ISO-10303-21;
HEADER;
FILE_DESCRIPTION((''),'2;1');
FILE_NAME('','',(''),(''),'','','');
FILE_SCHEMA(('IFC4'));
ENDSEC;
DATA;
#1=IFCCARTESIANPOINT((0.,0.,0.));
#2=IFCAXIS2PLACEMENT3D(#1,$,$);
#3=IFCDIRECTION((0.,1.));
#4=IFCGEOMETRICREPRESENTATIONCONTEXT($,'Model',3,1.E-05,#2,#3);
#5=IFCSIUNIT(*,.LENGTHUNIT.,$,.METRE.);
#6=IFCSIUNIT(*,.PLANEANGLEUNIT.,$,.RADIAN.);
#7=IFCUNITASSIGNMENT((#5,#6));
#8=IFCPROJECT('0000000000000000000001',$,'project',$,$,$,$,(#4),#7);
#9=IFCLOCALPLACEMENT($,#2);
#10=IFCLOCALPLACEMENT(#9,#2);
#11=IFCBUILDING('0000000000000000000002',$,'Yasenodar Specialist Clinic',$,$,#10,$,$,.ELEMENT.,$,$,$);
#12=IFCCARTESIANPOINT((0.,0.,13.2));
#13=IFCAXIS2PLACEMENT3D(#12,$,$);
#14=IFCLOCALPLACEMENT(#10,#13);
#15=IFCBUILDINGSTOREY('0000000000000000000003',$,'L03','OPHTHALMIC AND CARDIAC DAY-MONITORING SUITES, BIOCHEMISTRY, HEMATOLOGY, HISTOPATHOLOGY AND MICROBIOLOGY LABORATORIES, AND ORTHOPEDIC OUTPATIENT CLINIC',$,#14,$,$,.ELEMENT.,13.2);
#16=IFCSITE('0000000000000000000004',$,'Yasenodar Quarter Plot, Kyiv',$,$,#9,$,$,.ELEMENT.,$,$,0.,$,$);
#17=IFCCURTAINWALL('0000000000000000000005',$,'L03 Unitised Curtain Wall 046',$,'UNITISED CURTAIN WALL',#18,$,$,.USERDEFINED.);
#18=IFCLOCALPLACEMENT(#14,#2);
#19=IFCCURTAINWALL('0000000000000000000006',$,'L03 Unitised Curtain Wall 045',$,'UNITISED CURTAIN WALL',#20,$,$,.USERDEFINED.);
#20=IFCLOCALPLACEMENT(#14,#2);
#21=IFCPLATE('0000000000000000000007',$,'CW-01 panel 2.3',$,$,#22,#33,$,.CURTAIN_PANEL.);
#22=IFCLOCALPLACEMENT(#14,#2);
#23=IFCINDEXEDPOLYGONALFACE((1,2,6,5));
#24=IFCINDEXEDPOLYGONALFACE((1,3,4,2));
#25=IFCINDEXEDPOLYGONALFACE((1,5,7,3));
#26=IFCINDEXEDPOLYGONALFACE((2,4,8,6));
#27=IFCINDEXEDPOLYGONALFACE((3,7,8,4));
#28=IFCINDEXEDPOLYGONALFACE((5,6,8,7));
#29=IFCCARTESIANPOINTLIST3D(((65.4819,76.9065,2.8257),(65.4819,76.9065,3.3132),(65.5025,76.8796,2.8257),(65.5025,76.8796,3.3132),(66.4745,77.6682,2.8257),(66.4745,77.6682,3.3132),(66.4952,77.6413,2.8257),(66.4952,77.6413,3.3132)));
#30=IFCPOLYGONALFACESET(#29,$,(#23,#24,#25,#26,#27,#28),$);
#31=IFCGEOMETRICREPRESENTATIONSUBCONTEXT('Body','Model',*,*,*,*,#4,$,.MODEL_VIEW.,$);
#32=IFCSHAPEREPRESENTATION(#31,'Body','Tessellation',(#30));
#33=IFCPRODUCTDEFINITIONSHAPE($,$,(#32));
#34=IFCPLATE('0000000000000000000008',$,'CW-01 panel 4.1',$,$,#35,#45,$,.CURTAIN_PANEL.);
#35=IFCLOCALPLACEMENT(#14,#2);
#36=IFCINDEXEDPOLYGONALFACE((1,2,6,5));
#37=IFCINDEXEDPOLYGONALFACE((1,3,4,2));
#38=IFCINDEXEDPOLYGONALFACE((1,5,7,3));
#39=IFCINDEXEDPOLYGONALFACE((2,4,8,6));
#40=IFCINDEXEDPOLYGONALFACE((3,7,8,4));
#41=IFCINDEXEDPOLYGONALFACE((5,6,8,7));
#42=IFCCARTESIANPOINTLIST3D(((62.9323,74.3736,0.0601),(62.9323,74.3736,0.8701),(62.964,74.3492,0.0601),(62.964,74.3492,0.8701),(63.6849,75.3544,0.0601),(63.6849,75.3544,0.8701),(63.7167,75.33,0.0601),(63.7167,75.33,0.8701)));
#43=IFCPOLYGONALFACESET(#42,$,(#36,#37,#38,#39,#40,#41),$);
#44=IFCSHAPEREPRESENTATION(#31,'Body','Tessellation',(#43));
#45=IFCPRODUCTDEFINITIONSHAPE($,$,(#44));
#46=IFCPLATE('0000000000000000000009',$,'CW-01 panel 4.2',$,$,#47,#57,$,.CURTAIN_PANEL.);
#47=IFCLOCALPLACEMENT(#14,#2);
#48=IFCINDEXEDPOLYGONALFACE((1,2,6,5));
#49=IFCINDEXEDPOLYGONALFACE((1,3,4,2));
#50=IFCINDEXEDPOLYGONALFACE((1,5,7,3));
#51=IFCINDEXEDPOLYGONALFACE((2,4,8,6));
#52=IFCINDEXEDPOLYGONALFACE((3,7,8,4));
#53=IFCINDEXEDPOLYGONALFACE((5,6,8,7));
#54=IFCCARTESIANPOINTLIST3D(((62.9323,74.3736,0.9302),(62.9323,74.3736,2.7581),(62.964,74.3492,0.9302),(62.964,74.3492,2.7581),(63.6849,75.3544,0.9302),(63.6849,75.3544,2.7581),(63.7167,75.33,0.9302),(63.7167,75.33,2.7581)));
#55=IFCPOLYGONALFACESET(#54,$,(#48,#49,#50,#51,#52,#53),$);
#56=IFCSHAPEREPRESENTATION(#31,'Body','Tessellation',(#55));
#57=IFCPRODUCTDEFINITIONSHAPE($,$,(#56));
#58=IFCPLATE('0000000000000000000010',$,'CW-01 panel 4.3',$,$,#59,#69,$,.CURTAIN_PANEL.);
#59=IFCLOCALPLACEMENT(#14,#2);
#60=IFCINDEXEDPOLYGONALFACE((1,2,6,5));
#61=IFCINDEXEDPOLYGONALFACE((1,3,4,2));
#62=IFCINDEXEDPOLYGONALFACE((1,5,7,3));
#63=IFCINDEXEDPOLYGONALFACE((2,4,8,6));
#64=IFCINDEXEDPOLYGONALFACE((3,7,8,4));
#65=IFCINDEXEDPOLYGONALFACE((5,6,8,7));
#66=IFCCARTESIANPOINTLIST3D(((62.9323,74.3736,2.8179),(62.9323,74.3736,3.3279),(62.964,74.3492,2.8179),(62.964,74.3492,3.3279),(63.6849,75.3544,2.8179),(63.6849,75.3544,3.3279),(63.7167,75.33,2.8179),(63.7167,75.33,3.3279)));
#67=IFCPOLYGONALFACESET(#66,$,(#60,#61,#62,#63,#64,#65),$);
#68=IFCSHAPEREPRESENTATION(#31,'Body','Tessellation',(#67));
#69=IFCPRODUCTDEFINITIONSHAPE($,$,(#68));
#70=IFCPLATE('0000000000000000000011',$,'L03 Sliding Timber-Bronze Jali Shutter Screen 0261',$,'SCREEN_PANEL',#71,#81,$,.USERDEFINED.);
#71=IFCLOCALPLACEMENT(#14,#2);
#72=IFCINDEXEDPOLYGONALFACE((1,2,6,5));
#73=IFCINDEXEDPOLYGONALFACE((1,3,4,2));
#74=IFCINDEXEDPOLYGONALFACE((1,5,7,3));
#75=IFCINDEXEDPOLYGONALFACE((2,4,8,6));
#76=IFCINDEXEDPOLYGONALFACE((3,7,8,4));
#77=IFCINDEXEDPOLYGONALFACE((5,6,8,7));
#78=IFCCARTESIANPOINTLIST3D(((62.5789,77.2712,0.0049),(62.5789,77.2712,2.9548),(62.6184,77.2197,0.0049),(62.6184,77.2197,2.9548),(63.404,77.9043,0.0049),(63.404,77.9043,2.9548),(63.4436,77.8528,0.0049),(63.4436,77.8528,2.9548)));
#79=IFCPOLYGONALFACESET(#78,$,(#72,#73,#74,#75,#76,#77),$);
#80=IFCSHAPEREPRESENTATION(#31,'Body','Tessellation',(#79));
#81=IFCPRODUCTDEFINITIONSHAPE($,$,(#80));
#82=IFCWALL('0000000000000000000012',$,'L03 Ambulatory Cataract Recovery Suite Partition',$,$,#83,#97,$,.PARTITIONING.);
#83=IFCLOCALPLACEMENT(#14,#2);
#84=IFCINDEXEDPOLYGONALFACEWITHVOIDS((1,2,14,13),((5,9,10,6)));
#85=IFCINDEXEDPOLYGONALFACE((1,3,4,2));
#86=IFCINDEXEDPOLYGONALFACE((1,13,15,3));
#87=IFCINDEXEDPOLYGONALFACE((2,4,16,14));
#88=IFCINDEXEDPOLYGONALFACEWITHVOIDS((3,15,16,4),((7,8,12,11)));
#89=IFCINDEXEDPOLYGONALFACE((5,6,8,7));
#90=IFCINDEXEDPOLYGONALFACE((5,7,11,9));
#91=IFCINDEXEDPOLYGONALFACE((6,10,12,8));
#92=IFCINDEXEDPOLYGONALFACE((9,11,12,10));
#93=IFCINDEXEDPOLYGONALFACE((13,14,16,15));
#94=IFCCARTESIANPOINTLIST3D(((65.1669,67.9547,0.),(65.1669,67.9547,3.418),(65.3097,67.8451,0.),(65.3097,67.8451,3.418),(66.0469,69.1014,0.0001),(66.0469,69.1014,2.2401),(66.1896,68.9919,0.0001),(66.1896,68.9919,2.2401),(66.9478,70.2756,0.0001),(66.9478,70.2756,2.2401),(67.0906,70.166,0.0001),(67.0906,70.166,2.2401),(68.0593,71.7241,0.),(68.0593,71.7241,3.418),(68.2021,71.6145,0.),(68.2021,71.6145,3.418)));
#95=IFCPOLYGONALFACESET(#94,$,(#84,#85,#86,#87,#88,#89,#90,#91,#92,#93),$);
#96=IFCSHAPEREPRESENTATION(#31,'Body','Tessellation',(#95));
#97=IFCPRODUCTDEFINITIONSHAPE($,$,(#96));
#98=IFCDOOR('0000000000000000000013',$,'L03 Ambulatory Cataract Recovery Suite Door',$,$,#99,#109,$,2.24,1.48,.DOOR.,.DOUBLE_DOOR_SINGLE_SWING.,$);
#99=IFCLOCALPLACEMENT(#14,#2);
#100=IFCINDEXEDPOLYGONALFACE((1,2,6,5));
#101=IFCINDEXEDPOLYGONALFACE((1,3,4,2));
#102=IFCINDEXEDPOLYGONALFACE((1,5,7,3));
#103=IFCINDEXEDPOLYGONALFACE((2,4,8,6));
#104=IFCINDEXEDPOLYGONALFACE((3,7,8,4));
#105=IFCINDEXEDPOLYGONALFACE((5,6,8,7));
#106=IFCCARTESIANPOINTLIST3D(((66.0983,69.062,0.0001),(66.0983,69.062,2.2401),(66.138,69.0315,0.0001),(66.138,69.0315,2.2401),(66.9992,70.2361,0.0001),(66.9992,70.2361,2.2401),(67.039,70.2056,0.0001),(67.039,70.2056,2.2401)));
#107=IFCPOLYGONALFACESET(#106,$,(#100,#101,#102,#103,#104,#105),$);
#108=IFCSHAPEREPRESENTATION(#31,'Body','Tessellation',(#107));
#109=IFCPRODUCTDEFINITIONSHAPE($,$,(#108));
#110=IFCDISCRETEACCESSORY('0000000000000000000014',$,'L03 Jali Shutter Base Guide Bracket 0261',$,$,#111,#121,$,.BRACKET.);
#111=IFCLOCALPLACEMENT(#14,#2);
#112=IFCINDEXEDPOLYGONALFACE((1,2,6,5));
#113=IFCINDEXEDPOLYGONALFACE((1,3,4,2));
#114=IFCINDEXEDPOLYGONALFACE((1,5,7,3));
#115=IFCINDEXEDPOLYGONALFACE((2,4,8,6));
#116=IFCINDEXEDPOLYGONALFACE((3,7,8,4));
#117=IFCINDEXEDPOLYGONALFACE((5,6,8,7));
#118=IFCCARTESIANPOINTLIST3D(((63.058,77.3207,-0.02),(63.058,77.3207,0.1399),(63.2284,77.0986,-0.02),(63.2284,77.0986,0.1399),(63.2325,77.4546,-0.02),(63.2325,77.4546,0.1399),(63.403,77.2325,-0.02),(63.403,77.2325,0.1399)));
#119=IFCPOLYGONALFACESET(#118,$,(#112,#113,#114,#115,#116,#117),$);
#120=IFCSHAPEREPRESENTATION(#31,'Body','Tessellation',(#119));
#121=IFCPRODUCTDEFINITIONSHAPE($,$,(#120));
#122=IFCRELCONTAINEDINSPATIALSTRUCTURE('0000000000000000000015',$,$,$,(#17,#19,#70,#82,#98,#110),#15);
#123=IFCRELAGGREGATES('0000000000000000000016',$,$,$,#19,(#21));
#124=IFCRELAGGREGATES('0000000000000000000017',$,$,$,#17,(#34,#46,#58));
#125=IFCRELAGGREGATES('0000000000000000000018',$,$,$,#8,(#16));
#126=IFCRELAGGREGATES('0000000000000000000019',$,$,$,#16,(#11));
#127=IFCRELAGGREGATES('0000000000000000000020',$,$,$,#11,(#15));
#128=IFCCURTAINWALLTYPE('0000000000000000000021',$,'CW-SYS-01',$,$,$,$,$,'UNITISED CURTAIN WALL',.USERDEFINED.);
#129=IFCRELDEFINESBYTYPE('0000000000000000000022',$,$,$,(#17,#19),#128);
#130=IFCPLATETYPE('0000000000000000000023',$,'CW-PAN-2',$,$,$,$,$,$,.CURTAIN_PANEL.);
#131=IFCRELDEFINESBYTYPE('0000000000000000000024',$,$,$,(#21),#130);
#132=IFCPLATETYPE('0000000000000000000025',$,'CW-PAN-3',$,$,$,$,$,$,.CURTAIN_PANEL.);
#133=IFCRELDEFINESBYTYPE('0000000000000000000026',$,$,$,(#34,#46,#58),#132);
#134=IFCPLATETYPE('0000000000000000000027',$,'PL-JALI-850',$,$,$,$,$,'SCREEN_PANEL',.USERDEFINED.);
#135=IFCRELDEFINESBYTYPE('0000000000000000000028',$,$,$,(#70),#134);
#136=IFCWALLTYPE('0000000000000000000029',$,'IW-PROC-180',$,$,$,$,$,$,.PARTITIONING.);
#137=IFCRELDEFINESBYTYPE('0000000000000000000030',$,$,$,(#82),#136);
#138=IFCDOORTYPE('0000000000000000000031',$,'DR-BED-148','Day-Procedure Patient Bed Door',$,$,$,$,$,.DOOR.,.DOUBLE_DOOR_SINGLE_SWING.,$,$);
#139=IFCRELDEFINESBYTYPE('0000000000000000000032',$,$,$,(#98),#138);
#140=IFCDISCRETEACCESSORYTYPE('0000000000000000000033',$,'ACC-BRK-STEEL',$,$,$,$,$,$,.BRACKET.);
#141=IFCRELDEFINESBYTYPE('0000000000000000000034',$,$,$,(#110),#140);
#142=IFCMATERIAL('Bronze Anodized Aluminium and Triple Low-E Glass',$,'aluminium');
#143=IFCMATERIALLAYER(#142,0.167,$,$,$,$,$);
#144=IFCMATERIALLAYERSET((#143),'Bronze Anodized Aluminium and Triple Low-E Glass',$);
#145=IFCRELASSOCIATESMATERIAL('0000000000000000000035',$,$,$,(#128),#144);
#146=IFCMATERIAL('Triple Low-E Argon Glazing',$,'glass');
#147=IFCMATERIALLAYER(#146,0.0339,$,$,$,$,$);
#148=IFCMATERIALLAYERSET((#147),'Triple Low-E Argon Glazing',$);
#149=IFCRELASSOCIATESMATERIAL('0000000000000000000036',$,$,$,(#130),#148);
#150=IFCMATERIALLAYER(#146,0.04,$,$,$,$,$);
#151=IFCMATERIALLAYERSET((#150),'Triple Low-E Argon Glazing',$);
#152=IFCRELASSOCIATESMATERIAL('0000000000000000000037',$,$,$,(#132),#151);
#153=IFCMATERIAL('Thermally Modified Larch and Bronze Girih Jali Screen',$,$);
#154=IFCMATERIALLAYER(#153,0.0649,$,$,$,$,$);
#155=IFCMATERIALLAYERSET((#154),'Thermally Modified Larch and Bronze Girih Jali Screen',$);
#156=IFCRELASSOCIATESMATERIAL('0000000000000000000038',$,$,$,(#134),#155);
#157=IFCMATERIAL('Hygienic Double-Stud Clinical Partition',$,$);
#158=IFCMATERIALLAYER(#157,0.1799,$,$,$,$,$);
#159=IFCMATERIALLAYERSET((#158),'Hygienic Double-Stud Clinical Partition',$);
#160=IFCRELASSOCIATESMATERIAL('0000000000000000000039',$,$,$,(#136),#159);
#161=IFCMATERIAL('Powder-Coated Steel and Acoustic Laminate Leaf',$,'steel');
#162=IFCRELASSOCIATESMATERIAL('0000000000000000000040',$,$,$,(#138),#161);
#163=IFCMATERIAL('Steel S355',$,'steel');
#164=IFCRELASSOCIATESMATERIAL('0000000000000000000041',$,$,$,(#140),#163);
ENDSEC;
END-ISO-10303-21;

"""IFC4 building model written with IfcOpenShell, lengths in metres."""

from ifc_helpers import new_model, si_unit, direction, frame, frame_2d, origin, origin_2d, place, context, subcontext, project, spatial, rectangle, extrude, material, layer, layer_set, type_object, element, fill, aggregate, save


model = new_model("IFC4")

# Units and contexts
model_context = context("Model", 3, precision=1e-05, world=origin(), true_north=direction((0.0, 1.0)))
body_context = subcontext(model_context, "Body", "Model", "MODEL_VIEW")
ifc_project = project(units=[si_unit("LENGTHUNIT", "METRE"), si_unit("PLANEANGLEUNIT", "RADIAN")], contexts=[model_context])

# Site, building, storey
site_placement = place(None, origin())
site = spatial("IfcSite", under=ifc_project, at=site_placement, Name="Yasenodar Quarter Plot, Kyiv", CompositionType="ELEMENT", RefElevation=0.0)
building_placement = place(site_placement, origin())
building = spatial("IfcBuilding", under=site, at=building_placement, Name="Yasenodar Specialist Clinic", CompositionType="ELEMENT")
storey_placement = place(building_placement, frame((0.0, 0.0, 13.2)))
storey = spatial("IfcBuildingStorey", under=building, at=storey_placement, Name="L03", Description="OPHTHALMIC AND CARDIAC DAY-MONITORING SUITES, BIOCHEMISTRY, HEMATOLOGY, HISTOPATHOLOGY AND MICROBIOLOGY LABORATORIES, AND ORTHOPEDIC OUTPATIENT CLINIC", CompositionType="ELEMENT", Elevation=13.2)

# Shared definitions
ifc_material_1 = material(Name="Steel S355", Category="steel")

# Curtain wall
ifc_material_2 = material(Name="Bronze Anodized Aluminium and Triple Low-E Glass", Category="aluminium")
ifc_layer_1 = layer(ifc_material_2, 0.167)
ifc_layer_set_1 = layer_set([ifc_layer_1], Name="Bronze Anodized Aluminium and Triple Low-E Glass")
curtain_wall_type = type_object("IfcCurtainWallType", Name="CW-SYS-01", ElementType="UNITISED CURTAIN WALL", PredefinedType="USERDEFINED", material=ifc_layer_set_1)
curtain_wall_1_placement = place(storey_placement, origin())
curtain_wall_1 = element("IfcCurtainWall", 1, at=curtain_wall_1_placement, inside=storey, type_object=curtain_wall_type, Name="L03 Unitised Curtain Wall 046", ObjectType="UNITISED CURTAIN WALL", PredefinedType="USERDEFINED")

# Curtain wall
curtain_wall_2_placement = place(storey_placement, origin())
curtain_wall_2 = element("IfcCurtainWall", 2, at=curtain_wall_2_placement, inside=storey, type_object=curtain_wall_type, Name="L03 Unitised Curtain Wall 045", ObjectType="UNITISED CURTAIN WALL", PredefinedType="USERDEFINED")

# Plates
ifc_material_3 = material(Name="Triple Low-E Argon Glazing", Category="glass")
ifc_layer_2 = layer(ifc_material_3, 0.0339)
ifc_layer_set_2 = layer_set([ifc_layer_2], Name="Triple Low-E Argon Glazing")
plate_type_1 = type_object("IfcPlateType", Name="CW-PAN-2", PredefinedType="CURTAIN_PANEL", material=ifc_layer_set_2)
plate_1_placement = place(storey_placement, frame((65.9885, 77.2739, 2.8257), z_axis=(0.0, 0.0, 1.0), x_axis=(0.793361, 0.608752, 0.0)))
plate_1 = element("IfcPlate", 3, at=plate_1_placement, type_object=plate_type_1, Name="CW-01 panel 2.3", PredefinedType="CURTAIN_PANEL", context=body_context, shape_type="SweptSolid", body=[
    extrude(rectangle(XDim=1.2512, YDim=0.0339, at=origin_2d()), origin(), (0.0, 0.0, 1.0), 0.4875),
])
aggregate(curtain_wall_2, [plate_1])
ifc_layer_3 = layer(ifc_material_3, 0.04)
ifc_layer_set_3 = layer_set([ifc_layer_3], Name="Triple Low-E Argon Glazing")
plate_type_2 = type_object("IfcPlateType", Name="CW-PAN-3", PredefinedType="CURTAIN_PANEL", material=ifc_layer_set_3)
plate_2_placement = place(storey_placement, frame((63.3245, 74.8518, 0.0601), z_axis=(0.0, 0.0, 1.0), x_axis=(0.608752, 0.793361, 0.0)))
plate_2 = element("IfcPlate", 4, at=plate_2_placement, type_object=plate_type_2, Name="CW-01 panel 4.1", PredefinedType="CURTAIN_PANEL", context=body_context, shape_type="SweptSolid", body=[
    extrude(rectangle(XDim=1.2363, YDim=0.04, at=origin_2d()), origin(), (0.0, 0.0, 1.0), 0.8101),
])
plate_3_placement = place(storey_placement, frame((63.3245, 74.8518, 0.9302), z_axis=(0.0, 0.0, 1.0), x_axis=(0.608752, 0.793361, 0.0)))
plate_3 = element("IfcPlate", 5, at=plate_3_placement, type_object=plate_type_2, Name="CW-01 panel 4.2", PredefinedType="CURTAIN_PANEL", context=body_context, shape_type="SweptSolid", body=[
    extrude(rectangle(XDim=1.2363, YDim=0.04, at=origin_2d()), origin(), (0.0, 0.0, 1.0), 1.8279),
])
plate_4_placement = place(storey_placement, frame((63.3245, 74.8518, 2.8179), z_axis=(0.0, 0.0, 1.0), x_axis=(0.608752, 0.793361, 0.0)))
plate_4 = element("IfcPlate", 6, at=plate_4_placement, type_object=plate_type_2, Name="CW-01 panel 4.3", PredefinedType="CURTAIN_PANEL", context=body_context, shape_type="SweptSolid", body=[
    extrude(rectangle(XDim=1.2363, YDim=0.04, at=origin_2d()), origin(), (0.0, 0.0, 1.0), 0.51),
])
aggregate(curtain_wall_1, [plate_2, plate_3, plate_4])
ifc_material_4 = material(Name="Thermally Modified Larch and Bronze Girih Jali Screen")
ifc_layer_4 = layer(ifc_material_4, 0.0649)
ifc_layer_set_4 = layer_set([ifc_layer_4], Name="Thermally Modified Larch and Bronze Girih Jali Screen")
plate_type_3 = type_object("IfcPlateType", Name="PL-JALI-850", ElementType="SCREEN_PANEL", PredefinedType="USERDEFINED", material=ifc_layer_set_4)
plate_5_placement = place(storey_placement, frame((63.0112, 77.562, 0.0049), z_axis=(0.0, 0.0, 1.0), x_axis=(-0.793351, -0.608764, 0.0)))
element("IfcPlate", 7, at=plate_5_placement, inside=storey, type_object=plate_type_3, Name="L03 Sliding Timber-Bronze Jali Shutter Screen 0261", ObjectType="SCREEN_PANEL", PredefinedType="USERDEFINED", context=body_context, shape_type="SweptSolid", body=[
    extrude(rectangle(XDim=1.04, YDim=0.0649, at=origin_2d()), origin(), (0.0, 0.0, 1.0), 2.95),
])

# Wall, opening, door
ifc_material_5 = material(Name="Hygienic Double-Stud Clinical Partition")
ifc_layer_5 = layer(ifc_material_5, 0.1799)
ifc_layer_set_5 = layer_set([ifc_layer_5], Name="Hygienic Double-Stud Clinical Partition")
wall_type = type_object("IfcWallType", Name="IW-PROC-180", PredefinedType="PARTITIONING", material=ifc_layer_set_5)
wall_placement = place(storey_placement, frame((68.1306, 71.6692, 0.0), z_axis=(0.0, 0.0, 1.0), x_axis=(-0.608769, -0.793347, 0.0)))
wall = element("IfcWall", 8, at=wall_placement, inside=storey, type_object=wall_type, Name="L03 Ambulatory Cataract Recovery Suite Partition", PredefinedType="PARTITIONING", context=body_context, shape_type="SweptSolid", body=[
    extrude(rectangle(XDim=4.7512, YDim=0.1799, at=frame_2d((2.3755, 0.0))), origin(), (0.0, 0.0, 1.0), 3.418),
])
opening_placement = place(wall_placement, frame((1.8257, 0.0, 0.0)))
opening = element("IfcOpeningElement", 9, at=opening_placement, cuts=wall, PredefinedType="OPENING", context=body_context, shape_type="SweptSolid", body=[
    extrude(rectangle(XDim=1.48, YDim=2.24, at=frame_2d((0.74, 1.1201))), frame((0.0, 0.1001, 0.0), z_axis=(0.0, -1.0, 0.0), x_axis=(1.0, 0.0, 0.0)), (0.0, 0.0, 1.0), 0.2),
])
ifc_material_6 = material(Name="Powder-Coated Steel and Acoustic Laminate Leaf", Category="steel")
door_type = type_object("IfcDoorType", Name="DR-BED-148", Description="Day-Procedure Patient Bed Door", OperationType="DOUBLE_DOOR_SINGLE_SWING", PredefinedType="DOOR", material=ifc_material_6)
door_placement = place(opening_placement, origin())
door = element("IfcDoor", 10, at=door_placement, inside=storey, type_object=door_type, Name="L03 Ambulatory Cataract Recovery Suite Door", OperationType="DOUBLE_DOOR_SINGLE_SWING", OverallHeight=2.24, OverallWidth=1.48, PredefinedType="DOOR", context=body_context, shape_type="SweptSolid", body=[
    extrude(rectangle(XDim=1.48, YDim=2.24, at=frame_2d((0.74, 1.1201))), frame((0.0, 0.0249, 0.0), z_axis=(0.0, -1.0, 0.0), x_axis=(1.0, 0.0, 0.0)), (0.0, 0.0, 1.0), 0.05),
])
fill(opening, door)

# Discrete accessory
discrete_accessory_type = type_object("IfcDiscreteAccessoryType", Name="ACC-BRK-STEEL", PredefinedType="BRACKET", material=ifc_material_1)
discrete_accessory_placement = place(storey_placement, frame((63.2305, 77.2766, -0.02), z_axis=(0.0, 0.0, 1.0), x_axis=(-0.793351, -0.608764, 0.0)))
element("IfcDiscreteAccessory", 11, at=discrete_accessory_placement, inside=storey, type_object=discrete_accessory_type, Name="L03 Jali Shutter Base Guide Bracket 0261", PredefinedType="BRACKET", context=body_context, shape_type="SweptSolid", body=[
    extrude(rectangle(XDim=0.22, YDim=0.28, at=origin_2d()), origin(), (0.0, 0.0, 1.0), 0.1599),
])

save(model, "model.ifc")
